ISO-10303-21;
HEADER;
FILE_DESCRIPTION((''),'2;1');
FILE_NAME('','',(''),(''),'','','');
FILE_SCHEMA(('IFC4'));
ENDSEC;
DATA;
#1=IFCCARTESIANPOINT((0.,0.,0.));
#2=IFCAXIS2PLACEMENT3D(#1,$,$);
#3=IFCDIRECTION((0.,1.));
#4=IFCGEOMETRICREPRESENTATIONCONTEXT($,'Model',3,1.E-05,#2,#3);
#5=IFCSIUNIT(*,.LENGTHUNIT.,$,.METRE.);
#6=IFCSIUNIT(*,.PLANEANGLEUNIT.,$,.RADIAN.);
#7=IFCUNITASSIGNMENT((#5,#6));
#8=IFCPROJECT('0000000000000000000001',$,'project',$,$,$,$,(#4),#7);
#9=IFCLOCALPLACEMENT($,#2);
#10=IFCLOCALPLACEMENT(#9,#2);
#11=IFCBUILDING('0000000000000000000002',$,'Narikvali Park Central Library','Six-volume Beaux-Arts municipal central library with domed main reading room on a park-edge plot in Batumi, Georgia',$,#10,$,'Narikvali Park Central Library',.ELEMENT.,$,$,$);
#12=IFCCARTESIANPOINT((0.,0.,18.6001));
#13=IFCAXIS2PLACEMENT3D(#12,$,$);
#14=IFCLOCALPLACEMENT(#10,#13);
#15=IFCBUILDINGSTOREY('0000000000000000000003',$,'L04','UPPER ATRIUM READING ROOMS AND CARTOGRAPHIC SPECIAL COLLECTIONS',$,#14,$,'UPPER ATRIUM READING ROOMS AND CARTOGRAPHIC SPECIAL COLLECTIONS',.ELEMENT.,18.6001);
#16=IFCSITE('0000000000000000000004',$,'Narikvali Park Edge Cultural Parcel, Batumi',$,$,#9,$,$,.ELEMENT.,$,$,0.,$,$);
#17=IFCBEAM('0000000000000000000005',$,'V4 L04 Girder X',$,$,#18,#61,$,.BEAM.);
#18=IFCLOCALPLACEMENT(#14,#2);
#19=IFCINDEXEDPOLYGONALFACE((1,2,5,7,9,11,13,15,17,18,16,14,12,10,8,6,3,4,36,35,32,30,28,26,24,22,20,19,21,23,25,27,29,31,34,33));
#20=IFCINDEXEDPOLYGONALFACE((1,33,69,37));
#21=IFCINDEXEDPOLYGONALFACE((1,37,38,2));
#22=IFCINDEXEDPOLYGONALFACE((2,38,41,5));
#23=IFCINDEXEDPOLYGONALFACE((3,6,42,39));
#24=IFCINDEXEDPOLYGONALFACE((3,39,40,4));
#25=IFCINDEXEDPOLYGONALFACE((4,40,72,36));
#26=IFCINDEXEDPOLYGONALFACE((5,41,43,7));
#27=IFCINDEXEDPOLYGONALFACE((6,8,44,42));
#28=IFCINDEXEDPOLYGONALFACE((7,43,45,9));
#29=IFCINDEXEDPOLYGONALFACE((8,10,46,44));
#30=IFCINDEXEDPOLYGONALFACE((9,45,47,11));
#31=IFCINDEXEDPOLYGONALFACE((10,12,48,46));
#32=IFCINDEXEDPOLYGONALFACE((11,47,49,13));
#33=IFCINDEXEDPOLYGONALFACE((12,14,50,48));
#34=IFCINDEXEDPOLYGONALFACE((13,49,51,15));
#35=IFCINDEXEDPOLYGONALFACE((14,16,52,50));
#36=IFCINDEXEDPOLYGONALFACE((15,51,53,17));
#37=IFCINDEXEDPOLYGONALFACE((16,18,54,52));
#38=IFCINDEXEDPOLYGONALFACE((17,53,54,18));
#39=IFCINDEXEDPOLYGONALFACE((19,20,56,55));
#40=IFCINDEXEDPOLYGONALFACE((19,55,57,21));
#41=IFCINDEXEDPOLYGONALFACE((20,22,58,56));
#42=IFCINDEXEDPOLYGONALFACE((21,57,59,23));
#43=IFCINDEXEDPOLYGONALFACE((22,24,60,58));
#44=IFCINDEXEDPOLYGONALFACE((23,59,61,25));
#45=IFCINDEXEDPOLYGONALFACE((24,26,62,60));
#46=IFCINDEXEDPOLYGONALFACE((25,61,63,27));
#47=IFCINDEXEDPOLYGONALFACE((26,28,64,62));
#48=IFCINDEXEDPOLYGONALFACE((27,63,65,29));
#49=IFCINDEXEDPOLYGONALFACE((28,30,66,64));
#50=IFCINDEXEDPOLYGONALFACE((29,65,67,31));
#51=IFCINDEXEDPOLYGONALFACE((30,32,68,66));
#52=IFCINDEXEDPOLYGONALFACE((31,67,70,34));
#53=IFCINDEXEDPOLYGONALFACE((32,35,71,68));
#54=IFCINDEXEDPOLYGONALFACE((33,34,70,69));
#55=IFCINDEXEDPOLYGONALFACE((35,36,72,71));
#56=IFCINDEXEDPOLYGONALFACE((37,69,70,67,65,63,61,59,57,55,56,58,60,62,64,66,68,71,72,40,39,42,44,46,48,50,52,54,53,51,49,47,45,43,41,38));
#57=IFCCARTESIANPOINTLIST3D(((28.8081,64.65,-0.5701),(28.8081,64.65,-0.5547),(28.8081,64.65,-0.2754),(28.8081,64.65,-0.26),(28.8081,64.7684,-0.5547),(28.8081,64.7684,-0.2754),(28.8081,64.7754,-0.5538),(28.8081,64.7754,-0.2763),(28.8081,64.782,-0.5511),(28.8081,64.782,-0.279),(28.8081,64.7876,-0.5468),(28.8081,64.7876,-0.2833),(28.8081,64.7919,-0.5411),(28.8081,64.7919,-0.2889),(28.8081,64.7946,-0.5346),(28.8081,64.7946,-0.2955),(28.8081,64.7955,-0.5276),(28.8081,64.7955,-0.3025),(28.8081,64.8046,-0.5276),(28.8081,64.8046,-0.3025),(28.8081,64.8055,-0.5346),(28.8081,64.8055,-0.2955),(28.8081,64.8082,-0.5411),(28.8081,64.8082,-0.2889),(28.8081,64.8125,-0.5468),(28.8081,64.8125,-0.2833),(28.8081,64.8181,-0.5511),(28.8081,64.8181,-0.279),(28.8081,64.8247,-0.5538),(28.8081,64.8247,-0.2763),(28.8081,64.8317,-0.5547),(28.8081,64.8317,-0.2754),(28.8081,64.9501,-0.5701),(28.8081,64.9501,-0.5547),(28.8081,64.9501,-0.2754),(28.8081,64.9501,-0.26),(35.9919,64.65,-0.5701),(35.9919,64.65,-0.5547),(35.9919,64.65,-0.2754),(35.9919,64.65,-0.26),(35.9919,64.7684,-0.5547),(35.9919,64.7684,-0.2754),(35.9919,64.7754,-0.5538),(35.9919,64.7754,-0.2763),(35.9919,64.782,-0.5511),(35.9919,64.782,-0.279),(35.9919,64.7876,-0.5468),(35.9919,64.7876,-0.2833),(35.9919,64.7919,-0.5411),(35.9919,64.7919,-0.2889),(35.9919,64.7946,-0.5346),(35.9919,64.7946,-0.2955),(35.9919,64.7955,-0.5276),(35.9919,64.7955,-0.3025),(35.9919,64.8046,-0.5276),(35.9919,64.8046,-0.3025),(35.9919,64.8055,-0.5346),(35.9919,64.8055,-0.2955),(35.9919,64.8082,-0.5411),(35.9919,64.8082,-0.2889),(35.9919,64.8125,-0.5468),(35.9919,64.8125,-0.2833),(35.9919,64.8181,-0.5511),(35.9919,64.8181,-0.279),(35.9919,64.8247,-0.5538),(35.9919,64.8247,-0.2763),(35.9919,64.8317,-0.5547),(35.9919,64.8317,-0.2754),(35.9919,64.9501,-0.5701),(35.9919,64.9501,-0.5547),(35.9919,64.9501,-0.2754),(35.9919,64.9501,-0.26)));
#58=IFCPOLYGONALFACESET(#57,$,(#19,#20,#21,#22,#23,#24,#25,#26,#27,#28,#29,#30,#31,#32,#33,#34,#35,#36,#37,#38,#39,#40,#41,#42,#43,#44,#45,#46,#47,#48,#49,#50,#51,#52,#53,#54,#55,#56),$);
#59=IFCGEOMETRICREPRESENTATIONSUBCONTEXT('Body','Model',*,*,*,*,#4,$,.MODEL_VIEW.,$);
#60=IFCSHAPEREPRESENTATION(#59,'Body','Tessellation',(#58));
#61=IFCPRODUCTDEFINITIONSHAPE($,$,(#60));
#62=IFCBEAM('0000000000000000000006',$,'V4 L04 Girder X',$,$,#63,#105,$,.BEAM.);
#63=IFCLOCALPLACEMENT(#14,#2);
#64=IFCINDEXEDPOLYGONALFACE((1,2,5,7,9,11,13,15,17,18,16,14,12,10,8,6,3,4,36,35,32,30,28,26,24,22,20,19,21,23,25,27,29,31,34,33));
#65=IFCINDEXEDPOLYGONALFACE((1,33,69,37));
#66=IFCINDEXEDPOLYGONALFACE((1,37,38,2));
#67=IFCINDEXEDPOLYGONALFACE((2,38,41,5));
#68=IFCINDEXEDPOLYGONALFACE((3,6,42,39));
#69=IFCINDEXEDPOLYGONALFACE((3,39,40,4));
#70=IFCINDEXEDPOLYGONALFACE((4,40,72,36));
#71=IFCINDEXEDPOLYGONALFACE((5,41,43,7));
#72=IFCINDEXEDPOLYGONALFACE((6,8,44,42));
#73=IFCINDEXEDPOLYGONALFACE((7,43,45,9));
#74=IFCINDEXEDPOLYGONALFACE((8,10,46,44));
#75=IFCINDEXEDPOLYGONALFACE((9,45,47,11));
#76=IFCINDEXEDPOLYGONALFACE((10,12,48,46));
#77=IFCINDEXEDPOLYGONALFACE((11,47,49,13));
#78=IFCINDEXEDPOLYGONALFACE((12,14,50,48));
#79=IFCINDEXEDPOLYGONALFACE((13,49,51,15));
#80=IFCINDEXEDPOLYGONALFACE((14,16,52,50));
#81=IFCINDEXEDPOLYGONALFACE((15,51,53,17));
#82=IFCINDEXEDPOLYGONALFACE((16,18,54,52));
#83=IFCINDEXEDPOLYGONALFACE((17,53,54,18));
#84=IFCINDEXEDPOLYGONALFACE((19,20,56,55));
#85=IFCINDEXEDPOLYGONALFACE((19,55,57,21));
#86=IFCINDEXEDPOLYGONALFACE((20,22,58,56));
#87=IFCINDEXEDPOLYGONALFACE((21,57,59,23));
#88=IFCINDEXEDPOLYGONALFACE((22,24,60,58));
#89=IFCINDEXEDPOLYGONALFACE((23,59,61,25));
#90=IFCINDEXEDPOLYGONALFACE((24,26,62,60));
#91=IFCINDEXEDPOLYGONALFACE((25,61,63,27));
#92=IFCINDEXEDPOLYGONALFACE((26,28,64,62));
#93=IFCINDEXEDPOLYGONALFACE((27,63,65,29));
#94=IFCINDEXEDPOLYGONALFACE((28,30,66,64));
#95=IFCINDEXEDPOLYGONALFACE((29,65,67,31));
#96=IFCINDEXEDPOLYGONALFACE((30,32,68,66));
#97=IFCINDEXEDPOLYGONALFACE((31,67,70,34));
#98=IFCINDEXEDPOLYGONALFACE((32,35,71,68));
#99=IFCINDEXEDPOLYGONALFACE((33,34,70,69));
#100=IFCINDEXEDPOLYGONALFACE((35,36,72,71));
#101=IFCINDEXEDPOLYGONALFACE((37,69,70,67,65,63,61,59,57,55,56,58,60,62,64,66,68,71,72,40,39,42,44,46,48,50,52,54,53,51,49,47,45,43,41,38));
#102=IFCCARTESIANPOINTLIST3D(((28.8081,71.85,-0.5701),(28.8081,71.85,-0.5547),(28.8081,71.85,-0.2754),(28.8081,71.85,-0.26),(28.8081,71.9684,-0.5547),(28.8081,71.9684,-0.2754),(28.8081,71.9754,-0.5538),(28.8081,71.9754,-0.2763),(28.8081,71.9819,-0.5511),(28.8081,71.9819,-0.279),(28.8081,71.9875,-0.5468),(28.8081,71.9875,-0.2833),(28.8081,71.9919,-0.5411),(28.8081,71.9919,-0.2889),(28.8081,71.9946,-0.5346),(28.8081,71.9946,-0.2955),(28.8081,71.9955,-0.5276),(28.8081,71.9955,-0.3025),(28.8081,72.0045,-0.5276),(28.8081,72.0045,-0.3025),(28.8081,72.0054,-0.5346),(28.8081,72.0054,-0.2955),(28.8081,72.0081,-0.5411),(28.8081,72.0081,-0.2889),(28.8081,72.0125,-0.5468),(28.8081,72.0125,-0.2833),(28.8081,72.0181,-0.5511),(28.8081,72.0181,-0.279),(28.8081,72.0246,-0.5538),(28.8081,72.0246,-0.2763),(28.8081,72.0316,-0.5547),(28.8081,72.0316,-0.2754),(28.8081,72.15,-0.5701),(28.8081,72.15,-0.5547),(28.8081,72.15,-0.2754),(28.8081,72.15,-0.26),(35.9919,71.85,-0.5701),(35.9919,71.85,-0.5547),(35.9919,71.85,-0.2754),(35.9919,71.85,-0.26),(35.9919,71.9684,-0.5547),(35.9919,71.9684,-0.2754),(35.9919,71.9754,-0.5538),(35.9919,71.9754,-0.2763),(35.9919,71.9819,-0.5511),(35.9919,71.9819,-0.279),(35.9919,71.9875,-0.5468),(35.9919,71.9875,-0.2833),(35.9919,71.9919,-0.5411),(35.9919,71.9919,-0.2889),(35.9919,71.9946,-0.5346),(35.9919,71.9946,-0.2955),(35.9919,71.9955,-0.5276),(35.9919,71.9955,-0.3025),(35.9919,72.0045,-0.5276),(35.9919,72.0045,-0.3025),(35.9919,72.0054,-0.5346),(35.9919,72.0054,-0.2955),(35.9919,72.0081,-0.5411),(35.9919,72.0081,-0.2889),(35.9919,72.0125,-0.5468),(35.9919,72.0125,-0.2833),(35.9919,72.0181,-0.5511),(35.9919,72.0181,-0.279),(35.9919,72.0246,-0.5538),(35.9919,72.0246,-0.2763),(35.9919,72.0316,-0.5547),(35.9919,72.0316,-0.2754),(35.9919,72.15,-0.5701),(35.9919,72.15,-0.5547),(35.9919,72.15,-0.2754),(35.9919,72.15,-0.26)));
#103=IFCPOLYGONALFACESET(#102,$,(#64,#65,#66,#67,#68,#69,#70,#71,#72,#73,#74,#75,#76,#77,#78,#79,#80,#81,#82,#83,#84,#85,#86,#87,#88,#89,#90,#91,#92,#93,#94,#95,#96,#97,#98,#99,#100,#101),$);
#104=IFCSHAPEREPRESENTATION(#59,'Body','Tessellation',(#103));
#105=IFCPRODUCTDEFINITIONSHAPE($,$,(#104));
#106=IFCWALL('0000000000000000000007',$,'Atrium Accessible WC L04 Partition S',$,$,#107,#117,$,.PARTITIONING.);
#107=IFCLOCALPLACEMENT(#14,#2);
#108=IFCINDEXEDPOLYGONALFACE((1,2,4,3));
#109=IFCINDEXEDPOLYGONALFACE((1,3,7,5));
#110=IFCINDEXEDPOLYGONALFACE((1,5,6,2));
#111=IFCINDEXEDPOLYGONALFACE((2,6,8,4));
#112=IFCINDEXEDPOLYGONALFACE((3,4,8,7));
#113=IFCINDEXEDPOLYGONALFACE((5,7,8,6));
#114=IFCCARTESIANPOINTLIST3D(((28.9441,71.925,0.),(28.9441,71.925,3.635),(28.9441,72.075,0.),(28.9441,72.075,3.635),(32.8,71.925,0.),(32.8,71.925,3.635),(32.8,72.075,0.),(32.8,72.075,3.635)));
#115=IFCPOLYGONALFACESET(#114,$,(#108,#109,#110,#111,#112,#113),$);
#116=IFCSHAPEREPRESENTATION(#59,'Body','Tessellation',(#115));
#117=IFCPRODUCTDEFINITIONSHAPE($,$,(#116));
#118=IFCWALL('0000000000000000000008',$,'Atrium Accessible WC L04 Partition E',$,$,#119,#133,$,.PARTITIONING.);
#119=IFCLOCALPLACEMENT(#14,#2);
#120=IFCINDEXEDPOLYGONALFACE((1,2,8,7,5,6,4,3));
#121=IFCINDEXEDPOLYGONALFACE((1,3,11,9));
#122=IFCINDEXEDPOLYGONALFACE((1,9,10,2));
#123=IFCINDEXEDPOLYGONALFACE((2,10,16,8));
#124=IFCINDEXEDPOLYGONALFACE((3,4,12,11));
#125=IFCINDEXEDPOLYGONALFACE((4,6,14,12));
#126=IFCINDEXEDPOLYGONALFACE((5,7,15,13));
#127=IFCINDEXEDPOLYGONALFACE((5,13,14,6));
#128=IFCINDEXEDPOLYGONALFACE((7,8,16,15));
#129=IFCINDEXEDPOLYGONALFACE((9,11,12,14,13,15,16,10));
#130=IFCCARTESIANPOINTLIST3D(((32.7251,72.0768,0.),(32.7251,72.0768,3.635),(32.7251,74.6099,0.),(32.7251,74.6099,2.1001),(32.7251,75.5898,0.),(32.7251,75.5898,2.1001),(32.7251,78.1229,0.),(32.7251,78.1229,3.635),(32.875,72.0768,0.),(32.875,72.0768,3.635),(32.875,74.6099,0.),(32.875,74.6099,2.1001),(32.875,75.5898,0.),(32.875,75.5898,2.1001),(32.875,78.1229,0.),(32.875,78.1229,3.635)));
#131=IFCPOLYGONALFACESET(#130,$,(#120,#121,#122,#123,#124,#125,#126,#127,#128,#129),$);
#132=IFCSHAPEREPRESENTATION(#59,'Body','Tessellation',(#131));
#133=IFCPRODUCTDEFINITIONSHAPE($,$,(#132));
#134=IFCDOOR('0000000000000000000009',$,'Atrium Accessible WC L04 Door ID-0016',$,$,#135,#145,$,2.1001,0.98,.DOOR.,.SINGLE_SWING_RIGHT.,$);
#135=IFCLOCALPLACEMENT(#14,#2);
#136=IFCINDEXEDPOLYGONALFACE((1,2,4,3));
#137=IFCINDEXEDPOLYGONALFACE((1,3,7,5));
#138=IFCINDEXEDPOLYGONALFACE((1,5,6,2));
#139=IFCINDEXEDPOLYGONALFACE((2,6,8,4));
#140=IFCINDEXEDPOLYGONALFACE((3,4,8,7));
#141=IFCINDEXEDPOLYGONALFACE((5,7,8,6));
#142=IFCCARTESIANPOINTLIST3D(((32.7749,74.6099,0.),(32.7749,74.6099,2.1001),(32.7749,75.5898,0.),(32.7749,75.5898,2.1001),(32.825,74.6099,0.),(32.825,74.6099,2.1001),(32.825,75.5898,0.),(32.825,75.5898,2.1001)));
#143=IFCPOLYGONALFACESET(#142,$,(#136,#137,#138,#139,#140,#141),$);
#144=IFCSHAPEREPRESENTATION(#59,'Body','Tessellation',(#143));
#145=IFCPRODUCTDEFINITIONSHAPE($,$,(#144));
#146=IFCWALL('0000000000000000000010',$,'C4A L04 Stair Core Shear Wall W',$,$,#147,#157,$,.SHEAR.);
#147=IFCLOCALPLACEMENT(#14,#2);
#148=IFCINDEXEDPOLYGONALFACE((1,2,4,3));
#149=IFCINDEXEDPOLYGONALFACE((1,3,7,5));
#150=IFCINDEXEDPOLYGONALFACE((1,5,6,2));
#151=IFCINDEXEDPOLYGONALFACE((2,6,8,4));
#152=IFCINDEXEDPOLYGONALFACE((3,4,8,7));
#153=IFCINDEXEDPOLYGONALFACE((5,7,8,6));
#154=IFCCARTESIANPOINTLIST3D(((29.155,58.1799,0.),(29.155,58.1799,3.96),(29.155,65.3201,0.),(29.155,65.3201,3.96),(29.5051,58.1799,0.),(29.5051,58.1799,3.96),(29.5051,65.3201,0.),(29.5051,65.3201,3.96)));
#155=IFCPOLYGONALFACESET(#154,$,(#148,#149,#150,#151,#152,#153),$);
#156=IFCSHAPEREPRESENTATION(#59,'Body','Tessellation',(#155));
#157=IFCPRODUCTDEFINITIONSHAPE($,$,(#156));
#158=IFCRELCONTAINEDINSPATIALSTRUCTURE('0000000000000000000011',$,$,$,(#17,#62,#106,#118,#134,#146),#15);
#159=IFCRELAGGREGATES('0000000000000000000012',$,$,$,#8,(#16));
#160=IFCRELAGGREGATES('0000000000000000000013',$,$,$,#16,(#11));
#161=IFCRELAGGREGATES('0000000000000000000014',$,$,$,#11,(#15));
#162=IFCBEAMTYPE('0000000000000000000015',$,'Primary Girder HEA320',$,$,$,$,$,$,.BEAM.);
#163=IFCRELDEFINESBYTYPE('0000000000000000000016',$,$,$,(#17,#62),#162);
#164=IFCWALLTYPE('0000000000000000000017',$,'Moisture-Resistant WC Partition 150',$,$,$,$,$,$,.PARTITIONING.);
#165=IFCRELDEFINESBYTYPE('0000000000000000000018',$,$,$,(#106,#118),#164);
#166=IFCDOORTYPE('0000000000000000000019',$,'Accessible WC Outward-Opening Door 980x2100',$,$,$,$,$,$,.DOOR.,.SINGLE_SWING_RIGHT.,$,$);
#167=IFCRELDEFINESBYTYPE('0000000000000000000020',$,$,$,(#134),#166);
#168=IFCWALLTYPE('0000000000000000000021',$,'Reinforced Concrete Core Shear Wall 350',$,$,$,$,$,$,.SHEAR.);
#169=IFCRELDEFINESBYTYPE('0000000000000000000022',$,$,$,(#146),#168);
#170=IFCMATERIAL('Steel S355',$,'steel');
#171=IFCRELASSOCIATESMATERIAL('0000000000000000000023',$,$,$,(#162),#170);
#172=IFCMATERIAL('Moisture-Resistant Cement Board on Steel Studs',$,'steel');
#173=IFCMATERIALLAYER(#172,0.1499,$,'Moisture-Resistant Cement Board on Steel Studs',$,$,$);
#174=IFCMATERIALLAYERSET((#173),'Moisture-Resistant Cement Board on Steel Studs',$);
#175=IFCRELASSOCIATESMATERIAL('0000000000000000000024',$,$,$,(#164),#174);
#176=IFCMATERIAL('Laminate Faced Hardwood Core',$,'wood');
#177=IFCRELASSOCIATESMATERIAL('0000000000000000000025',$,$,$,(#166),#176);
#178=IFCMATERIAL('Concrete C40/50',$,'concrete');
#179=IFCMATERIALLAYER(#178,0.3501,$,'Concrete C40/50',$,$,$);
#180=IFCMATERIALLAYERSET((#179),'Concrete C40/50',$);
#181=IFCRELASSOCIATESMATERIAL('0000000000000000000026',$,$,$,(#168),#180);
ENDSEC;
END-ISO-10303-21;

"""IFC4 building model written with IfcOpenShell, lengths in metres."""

from ifc_helpers import new_model, si_unit, direction, frame, frame_2d, origin, origin_2d, place, context, subcontext, project, spatial, rectangle, i_section, extrude, material, layer, layer_set, material_profile, profile_set, type_object, element, fill, save


model = new_model("IFC4")

# Units and contexts
model_context = context("Model", 3, precision=1e-05, world=origin(), true_north=direction((0.0, 1.0)))
body_context = subcontext(model_context, "Body", "Model", "MODEL_VIEW")
ifc_project = project(units=[si_unit("LENGTHUNIT", "METRE"), si_unit("PLANEANGLEUNIT", "RADIAN")], contexts=[model_context])

# Site, building, storey
site_placement = place(None, origin())
site = spatial("IfcSite", under=ifc_project, at=site_placement, Name="Narikvali Park Edge Cultural Parcel, Batumi", CompositionType="ELEMENT", RefElevation=0.0)
building_placement = place(site_placement, origin())
building = spatial("IfcBuilding", under=site, at=building_placement, Name="Narikvali Park Central Library", Description="Six-volume Beaux-Arts municipal central library with domed main reading room on a park-edge plot in Batumi, Georgia", LongName="Narikvali Park Central Library", CompositionType="ELEMENT")
storey_placement = place(building_placement, frame((0.0, 0.0, 18.6001)))
storey = spatial("IfcBuildingStorey", under=building, at=storey_placement, Name="L04", Description="UPPER ATRIUM READING ROOMS AND CARTOGRAPHIC SPECIAL COLLECTIONS", LongName="UPPER ATRIUM READING ROOMS AND CARTOGRAPHIC SPECIAL COLLECTIONS", CompositionType="ELEMENT", Elevation=18.6001)

# Shared definitions
ifc_material_1 = material(Name="Steel S355", Category="steel")

# Beams
ifc_material_profile_1 = material_profile(ifc_material_1, i_section(OverallWidth=0.3, OverallDepth=0.3101, WebThickness=0.009, FlangeThickness=0.0154, FilletRadius=0.0271, at=origin_2d()), Name="HEA 320")
ifc_profile_set_1 = profile_set([ifc_material_profile_1], Name="Steel S355")
beam_type_1 = type_object("IfcBeamType", Name="Primary Girder HEA320", PredefinedType="BEAM", material=ifc_profile_set_1)
for number, where, z_axis, x_axis, name in (
    (1, (28.8081, 64.8, -0.415), (1.0, 0.0, 0.0), (0.0, 1.0, 0.0), "V4 L04 Girder X"),
    (2, (28.8081, 72.0, -0.415), (1.0, 0.0, 0.0), (0.0, 1.0, 0.0), "V4 L04 Girder X"),
):
    element("IfcBeam", number, at=place(storey_placement, frame(where, z_axis=z_axis, x_axis=x_axis)), inside=storey, type_object=beam_type_1, Name=name, PredefinedType="BEAM", context=body_context, shape_type="SweptSolid", body=[
        extrude(i_section(OverallWidth=0.3, OverallDepth=0.3101, WebThickness=0.009, FlangeThickness=0.0154, FilletRadius=0.0271, at=origin_2d()), origin(), (0.0, 0.0, 1.0), 7.1838),
    ])

# Wall
ifc_material_2 = material(Name="Moisture-Resistant Cement Board on Steel Studs", Category="steel")
ifc_layer_1 = layer(ifc_material_2, 0.1499, Name="Moisture-Resistant Cement Board on Steel Studs")
ifc_layer_set_1 = layer_set([ifc_layer_1], Name="Moisture-Resistant Cement Board on Steel Studs")
wall_type_1 = type_object("IfcWallType", Name="Moisture-Resistant WC Partition 150", PredefinedType="PARTITIONING", material=ifc_layer_set_1)
wall_1_placement = place(storey_placement, frame((28.9441, 72.0, 0.0), z_axis=(0.0, 0.0, 1.0), x_axis=(1.0, 0.0, 0.0)))
element("IfcWall", 3, at=wall_1_placement, inside=storey, type_object=wall_type_1, Name="Atrium Accessible WC L04 Partition S", PredefinedType="PARTITIONING", context=body_context, shape_type="SweptSolid", body=[
    extrude(rectangle(XDim=3.856, YDim=0.1499, at=frame_2d((1.928, 0.0))), origin(), (0.0, 0.0, 1.0), 3.635),
])

# Wall, opening, door
wall_2_placement = place(storey_placement, frame((32.8, 72.0769, 0.0), z_axis=(0.0, 0.0, 1.0), x_axis=(0.0, 1.0, 0.0)))
wall_2 = element("IfcWall", 4, at=wall_2_placement, inside=storey, type_object=wall_type_1, Name="Atrium Accessible WC L04 Partition E", PredefinedType="PARTITIONING", context=body_context, shape_type="SweptSolid", body=[
    extrude(rectangle(XDim=6.0461, YDim=0.1499, at=frame_2d((3.0229, 0.0))), origin(), (0.0, 0.0, 1.0), 3.635),
])
opening_1_placement = place(wall_2_placement, frame((2.533, 0.0, 0.0)))
opening_1 = element("IfcOpeningElement", 5, at=opening_1_placement, cuts=wall_2, PredefinedType="OPENING", context=body_context, shape_type="SweptSolid", body=[
    extrude(rectangle(XDim=0.98, YDim=2.1001, at=frame_2d((0.49, 1.05))), frame((0.0, 0.0869, 0.0), z_axis=(0.0, -1.0, 0.0), x_axis=(1.0, 0.0, 0.0)), (0.0, 0.0, 1.0), 0.1738),
])
ifc_material_3 = material(Name="Laminate Faced Hardwood Core", Category="wood")
door_type_1 = type_object("IfcDoorType", Name="Accessible WC Outward-Opening Door 980x2100", OperationType="SINGLE_SWING_RIGHT", PredefinedType="DOOR", material=ifc_material_3)
door_1_placement = place(opening_1_placement, frame((0.98, 0.0, 0.0), z_axis=(0.0, 0.0, 1.0), x_axis=(-1.0, 0.0, 0.0)))
door_1 = element("IfcDoor", 6, at=door_1_placement, inside=storey, type_object=door_type_1, Name="Atrium Accessible WC L04 Door ID-0016", OperationType="SINGLE_SWING_RIGHT", OverallHeight=2.1001, OverallWidth=0.98, PredefinedType="DOOR", context=body_context, shape_type="SweptSolid", body=[
    extrude(rectangle(XDim=0.98, YDim=2.1001, at=frame_2d((0.49, 1.05))), frame((0.0, 0.0249, 0.0), z_axis=(0.0, -1.0, 0.0), x_axis=(1.0, 0.0, 0.0)), (0.0, 0.0, 1.0), 0.05),
])
fill(opening_1, door_1)
ifc_material_4 = material(Name="Concrete C40/50", Category="concrete")
ifc_layer_2 = layer(ifc_material_4, 0.3501, Name="Concrete C40/50")
ifc_layer_set_2 = layer_set([ifc_layer_2], Name="Concrete C40/50")
wall_type_2 = type_object("IfcWallType", Name="Reinforced Concrete Core Shear Wall 350", PredefinedType="SHEAR", material=ifc_layer_set_2)

# Wall
wall_3_placement = place(storey_placement, frame((29.3301, 65.3201, 0.0), z_axis=(0.0, 0.0, 1.0), x_axis=(0.0, -1.0, 0.0)))
element("IfcWall", 7, at=wall_3_placement, inside=storey, type_object=wall_type_2, Name="C4A L04 Stair Core Shear Wall W", PredefinedType="SHEAR", context=body_context, shape_type="SweptSolid", body=[
    extrude(rectangle(XDim=7.1401, YDim=0.3501, at=frame_2d((3.5701, 0.0))), origin(), (0.0, 0.0, 1.0), 3.96),
])

save(model, "model.ifc")
